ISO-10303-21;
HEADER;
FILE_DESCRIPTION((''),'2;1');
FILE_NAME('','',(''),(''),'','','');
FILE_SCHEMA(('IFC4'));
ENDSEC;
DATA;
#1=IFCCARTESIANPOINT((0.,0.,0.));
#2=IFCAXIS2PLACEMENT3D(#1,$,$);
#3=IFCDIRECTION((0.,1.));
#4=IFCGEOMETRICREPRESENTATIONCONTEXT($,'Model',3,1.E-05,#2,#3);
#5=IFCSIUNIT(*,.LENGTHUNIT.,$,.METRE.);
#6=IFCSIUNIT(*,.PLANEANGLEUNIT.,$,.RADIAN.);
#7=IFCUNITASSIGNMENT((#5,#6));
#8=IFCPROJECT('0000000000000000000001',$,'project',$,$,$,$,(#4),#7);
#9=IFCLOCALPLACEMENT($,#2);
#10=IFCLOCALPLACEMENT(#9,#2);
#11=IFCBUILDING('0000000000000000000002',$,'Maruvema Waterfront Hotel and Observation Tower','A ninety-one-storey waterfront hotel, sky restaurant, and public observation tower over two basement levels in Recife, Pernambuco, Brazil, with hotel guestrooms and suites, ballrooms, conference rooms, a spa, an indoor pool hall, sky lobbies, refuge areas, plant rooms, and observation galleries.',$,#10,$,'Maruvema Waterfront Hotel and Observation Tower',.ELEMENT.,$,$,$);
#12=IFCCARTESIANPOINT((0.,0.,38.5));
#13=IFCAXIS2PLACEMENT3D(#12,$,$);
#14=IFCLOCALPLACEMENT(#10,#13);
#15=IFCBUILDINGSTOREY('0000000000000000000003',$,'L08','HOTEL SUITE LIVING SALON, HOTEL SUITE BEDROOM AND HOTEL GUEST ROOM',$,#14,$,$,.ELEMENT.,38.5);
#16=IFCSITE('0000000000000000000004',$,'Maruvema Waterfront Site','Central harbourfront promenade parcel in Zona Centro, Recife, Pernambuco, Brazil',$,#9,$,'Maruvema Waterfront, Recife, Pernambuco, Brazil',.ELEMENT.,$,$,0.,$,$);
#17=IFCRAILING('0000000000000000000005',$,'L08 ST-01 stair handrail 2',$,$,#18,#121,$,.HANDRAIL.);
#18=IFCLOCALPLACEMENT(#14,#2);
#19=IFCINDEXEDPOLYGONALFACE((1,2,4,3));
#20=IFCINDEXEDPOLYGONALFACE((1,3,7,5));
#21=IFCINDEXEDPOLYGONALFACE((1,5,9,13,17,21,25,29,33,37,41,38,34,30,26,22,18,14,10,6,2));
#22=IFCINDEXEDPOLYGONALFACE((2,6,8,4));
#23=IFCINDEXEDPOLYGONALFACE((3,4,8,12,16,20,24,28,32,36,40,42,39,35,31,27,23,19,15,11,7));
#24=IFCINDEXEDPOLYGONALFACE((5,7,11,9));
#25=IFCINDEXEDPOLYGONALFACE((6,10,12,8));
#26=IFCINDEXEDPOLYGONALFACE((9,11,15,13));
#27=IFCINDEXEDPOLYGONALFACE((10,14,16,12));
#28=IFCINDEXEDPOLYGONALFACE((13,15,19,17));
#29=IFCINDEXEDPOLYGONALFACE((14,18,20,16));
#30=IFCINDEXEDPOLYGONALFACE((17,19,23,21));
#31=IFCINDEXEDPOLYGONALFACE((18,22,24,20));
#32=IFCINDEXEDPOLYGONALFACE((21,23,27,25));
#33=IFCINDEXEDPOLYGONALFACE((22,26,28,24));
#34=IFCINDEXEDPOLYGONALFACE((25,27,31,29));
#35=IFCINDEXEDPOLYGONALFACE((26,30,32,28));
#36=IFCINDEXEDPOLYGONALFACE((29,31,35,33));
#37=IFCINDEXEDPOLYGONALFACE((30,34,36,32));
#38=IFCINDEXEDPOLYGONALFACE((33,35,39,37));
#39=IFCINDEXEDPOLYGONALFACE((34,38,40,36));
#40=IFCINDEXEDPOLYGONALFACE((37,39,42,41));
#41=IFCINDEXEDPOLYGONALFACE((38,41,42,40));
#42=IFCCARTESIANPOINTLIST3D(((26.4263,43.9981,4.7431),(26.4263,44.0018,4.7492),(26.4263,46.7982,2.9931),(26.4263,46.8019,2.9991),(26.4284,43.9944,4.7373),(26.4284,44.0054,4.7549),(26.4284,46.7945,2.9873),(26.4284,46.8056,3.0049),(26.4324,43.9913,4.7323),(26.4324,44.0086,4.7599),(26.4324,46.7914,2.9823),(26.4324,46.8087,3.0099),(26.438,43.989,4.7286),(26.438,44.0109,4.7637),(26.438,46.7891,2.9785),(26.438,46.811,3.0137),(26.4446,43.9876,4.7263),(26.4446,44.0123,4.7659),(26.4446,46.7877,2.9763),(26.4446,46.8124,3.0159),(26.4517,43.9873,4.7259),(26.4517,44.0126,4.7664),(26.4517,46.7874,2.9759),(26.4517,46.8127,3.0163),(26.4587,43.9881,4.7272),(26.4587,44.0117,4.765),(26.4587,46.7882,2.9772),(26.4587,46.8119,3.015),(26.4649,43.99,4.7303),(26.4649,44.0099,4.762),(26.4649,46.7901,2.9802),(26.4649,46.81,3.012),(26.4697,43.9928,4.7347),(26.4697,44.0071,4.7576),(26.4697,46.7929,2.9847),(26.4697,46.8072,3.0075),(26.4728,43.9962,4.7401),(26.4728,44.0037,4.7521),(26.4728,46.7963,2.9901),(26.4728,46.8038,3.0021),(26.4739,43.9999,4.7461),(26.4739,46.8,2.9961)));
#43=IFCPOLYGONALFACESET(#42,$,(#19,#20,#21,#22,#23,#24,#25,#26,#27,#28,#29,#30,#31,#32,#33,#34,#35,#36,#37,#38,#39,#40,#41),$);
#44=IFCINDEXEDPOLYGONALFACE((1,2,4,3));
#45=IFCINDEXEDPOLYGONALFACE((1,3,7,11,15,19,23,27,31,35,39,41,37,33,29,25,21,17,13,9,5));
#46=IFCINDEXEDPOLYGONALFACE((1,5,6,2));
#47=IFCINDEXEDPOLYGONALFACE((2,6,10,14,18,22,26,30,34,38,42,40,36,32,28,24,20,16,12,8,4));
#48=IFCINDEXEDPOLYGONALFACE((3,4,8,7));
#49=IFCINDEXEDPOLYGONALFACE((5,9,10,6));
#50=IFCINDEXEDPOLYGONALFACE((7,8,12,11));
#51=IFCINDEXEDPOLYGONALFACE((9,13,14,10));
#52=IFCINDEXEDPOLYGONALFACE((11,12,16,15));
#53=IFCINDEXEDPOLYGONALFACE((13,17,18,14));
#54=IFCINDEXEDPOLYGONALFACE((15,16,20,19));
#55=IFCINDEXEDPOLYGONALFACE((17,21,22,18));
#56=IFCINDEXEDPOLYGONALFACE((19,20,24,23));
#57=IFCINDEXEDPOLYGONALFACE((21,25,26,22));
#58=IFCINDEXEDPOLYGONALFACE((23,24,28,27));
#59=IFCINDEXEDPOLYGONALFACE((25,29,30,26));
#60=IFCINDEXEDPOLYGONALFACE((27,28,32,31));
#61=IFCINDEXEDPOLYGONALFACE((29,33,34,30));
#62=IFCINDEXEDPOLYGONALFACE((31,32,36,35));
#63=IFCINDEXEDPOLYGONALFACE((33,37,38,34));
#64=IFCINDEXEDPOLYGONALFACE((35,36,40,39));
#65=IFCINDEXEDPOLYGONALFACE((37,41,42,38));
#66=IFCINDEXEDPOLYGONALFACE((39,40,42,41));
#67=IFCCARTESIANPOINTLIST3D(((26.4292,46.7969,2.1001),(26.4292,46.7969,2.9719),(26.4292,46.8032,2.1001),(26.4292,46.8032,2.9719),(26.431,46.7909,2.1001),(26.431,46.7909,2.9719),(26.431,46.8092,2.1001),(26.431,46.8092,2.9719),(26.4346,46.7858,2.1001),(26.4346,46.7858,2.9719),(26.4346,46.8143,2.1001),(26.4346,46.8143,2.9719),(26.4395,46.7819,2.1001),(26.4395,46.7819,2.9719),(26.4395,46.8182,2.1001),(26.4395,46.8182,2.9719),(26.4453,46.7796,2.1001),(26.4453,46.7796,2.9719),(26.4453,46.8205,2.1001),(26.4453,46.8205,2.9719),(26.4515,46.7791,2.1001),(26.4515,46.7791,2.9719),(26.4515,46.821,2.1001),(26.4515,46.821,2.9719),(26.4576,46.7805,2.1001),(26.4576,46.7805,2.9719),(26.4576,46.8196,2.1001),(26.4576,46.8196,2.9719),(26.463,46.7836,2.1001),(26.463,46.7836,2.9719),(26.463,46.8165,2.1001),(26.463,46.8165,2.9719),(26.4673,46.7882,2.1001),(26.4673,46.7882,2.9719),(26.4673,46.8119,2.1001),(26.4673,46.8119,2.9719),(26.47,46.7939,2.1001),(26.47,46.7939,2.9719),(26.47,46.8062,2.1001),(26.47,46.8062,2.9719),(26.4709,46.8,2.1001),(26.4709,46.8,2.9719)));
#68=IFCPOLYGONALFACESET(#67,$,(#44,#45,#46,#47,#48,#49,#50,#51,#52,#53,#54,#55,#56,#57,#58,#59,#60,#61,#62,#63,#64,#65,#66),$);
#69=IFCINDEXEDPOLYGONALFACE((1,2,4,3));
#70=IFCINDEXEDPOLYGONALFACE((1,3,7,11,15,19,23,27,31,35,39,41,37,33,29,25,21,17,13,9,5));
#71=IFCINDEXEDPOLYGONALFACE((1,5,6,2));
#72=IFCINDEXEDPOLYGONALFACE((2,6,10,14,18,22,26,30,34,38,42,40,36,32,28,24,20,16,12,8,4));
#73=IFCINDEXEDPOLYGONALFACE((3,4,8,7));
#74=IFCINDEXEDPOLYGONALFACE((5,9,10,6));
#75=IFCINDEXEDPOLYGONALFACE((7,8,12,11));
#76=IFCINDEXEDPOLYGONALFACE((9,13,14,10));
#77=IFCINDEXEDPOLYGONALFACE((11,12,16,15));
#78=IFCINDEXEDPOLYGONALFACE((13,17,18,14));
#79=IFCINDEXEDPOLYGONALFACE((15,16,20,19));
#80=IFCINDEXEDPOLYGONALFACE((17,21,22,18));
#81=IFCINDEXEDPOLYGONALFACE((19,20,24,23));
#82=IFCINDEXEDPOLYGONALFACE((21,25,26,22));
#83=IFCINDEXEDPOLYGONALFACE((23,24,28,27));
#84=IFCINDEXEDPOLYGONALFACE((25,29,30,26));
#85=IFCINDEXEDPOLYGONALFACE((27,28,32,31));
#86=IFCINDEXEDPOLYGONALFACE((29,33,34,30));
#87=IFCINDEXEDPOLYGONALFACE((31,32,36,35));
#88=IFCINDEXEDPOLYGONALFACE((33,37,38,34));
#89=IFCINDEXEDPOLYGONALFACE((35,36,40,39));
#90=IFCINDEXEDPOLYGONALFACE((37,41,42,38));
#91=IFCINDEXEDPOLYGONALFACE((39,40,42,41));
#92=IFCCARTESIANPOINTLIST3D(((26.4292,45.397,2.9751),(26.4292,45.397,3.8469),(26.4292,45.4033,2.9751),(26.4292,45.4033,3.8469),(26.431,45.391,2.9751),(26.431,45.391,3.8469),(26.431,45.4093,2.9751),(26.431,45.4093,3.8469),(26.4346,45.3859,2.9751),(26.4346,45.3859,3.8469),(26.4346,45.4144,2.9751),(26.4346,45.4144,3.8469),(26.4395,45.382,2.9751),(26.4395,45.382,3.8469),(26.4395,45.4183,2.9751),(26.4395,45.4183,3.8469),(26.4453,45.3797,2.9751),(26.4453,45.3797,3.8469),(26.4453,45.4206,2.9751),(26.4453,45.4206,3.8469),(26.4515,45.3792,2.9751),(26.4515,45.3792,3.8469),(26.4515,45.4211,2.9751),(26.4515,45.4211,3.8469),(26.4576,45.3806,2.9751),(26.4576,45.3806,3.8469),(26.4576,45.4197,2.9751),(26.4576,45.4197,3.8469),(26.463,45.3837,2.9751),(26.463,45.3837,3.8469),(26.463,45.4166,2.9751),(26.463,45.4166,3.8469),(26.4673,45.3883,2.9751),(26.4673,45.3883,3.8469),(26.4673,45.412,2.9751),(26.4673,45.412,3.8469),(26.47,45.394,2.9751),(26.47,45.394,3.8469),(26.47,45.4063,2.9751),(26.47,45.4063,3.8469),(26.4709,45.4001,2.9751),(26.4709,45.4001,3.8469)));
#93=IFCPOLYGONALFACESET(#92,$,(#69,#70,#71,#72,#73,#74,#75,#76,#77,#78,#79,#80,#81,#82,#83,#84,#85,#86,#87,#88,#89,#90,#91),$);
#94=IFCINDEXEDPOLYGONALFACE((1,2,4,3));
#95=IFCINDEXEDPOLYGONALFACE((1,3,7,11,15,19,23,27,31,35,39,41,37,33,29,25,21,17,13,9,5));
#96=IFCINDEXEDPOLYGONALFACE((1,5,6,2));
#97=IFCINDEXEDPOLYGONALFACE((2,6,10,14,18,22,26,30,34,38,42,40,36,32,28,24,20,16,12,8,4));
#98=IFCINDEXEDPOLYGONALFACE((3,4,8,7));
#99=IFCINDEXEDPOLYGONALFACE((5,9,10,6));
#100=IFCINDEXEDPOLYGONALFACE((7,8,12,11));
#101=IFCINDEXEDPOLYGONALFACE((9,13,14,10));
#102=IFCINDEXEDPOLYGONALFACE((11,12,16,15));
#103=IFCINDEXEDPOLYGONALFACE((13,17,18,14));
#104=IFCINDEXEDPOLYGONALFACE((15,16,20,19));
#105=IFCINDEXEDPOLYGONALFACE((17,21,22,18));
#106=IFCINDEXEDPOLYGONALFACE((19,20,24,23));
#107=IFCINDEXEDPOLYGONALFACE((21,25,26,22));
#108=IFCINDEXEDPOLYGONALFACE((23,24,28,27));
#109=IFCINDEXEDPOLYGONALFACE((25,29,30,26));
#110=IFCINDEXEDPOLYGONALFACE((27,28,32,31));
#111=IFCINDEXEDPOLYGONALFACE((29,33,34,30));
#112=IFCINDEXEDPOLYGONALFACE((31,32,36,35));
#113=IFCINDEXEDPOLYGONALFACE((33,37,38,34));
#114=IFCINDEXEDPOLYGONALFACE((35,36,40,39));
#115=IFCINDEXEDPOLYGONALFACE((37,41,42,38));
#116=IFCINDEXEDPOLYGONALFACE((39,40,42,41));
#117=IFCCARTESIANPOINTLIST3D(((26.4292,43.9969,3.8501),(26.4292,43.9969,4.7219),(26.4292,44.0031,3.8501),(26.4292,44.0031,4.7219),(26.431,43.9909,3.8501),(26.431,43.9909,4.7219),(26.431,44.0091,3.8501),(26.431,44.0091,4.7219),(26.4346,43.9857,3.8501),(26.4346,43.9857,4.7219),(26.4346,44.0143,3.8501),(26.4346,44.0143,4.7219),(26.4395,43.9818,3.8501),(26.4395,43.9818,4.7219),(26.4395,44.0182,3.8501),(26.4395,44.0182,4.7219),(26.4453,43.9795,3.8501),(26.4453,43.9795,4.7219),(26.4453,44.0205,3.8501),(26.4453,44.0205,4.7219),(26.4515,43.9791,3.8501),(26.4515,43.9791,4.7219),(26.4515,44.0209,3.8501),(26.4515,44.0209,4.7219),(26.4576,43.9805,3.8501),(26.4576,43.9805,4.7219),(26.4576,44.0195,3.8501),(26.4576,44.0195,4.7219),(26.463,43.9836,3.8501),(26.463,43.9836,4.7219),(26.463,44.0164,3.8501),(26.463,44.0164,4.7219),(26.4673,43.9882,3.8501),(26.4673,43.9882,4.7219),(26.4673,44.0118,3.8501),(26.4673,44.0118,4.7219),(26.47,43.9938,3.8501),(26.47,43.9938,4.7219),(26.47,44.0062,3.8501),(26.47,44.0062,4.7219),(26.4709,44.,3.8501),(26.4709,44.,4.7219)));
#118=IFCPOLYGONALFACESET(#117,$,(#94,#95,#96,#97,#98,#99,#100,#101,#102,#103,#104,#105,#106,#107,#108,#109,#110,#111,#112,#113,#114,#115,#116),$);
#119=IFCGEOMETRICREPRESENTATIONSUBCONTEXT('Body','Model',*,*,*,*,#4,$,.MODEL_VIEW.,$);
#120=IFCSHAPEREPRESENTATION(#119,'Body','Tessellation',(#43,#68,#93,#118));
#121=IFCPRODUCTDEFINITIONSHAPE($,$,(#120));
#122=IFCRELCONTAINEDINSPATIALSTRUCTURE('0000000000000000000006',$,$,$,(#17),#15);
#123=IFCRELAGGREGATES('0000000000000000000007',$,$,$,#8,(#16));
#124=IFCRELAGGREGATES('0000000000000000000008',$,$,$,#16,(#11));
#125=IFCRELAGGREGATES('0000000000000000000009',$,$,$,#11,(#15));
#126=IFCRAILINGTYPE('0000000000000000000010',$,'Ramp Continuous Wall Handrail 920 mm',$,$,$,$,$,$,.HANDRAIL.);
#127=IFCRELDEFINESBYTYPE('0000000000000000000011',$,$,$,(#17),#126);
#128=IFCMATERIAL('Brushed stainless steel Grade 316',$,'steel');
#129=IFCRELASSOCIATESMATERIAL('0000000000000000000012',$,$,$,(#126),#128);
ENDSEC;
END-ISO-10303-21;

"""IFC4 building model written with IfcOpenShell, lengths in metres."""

from ifc_helpers import new_model, si_unit, direction, frame, origin, origin_2d, place, context, subcontext, project, spatial, circle, extrude, material, type_object, element, save


model = new_model("IFC4")

# Units and contexts
model_context = context("Model", 3, precision=1e-05, world=origin(), true_north=direction((0.0, 1.0)))
body_context = subcontext(model_context, "Body", "Model", "MODEL_VIEW")
ifc_project = project(units=[si_unit("LENGTHUNIT", "METRE"), si_unit("PLANEANGLEUNIT", "RADIAN")], contexts=[model_context])

# Site, building, storey
site_placement = place(None, origin())
site = spatial("IfcSite", under=ifc_project, at=site_placement, Name="Maruvema Waterfront Site", Description="Central harbourfront promenade parcel in Zona Centro, Recife, Pernambuco, Brazil", LongName="Maruvema Waterfront, Recife, Pernambuco, Brazil", CompositionType="ELEMENT", RefElevation=0.0)
building_placement = place(site_placement, origin())
building = spatial("IfcBuilding", under=site, at=building_placement, Name="Maruvema Waterfront Hotel and Observation Tower", Description="A ninety-one-storey waterfront hotel, sky restaurant, and public observation tower over two basement levels in Recife, Pernambuco, Brazil, with hotel guestrooms and suites, ballrooms, conference rooms, a spa, an indoor pool hall, sky lobbies, refuge areas, plant rooms, and observation galleries.", LongName="Maruvema Waterfront Hotel and Observation Tower", CompositionType="ELEMENT")
storey_placement = place(building_placement, frame((0.0, 0.0, 38.5)))
storey = spatial("IfcBuildingStorey", under=building, at=storey_placement, Name="L08", Description="HOTEL SUITE LIVING SALON, HOTEL SUITE BEDROOM AND HOTEL GUEST ROOM", CompositionType="ELEMENT", Elevation=38.5)

# Railing
ifc_material_1 = material(Name="Brushed stainless steel Grade 316", Category="steel")
railing_type_1 = type_object("IfcRailingType", Name="Ramp Continuous Wall Handrail 920 mm", PredefinedType="HANDRAIL", material=ifc_material_1)
railing_1_placement = place(storey_placement, frame((26.45, 46.8, 2.1001)))
element("IfcRailing", 1, at=railing_1_placement, inside=storey, type_object=railing_type_1, Name="L08 ST-01 stair handrail 2", PredefinedType="HANDRAIL", context=body_context, shape_type="SweptSolid", body=[
    extrude(circle(Radius=0.0239, at=origin_2d()), frame((0.0, 0.0, 0.896), z_axis=(0.0, -0.848002, 0.529992), x_axis=(1.0, 0.0, 0.0)), (0.0, 0.0, 1.0), 3.302),
    extrude(circle(Radius=0.021, at=origin_2d()), origin(), (0.0, 0.0, 1.0), 0.8718),
    extrude(circle(Radius=0.021, at=origin_2d()), frame((0.0, -1.3999, 0.875)), (0.0, 0.0, 1.0), 0.8718),
    extrude(circle(Radius=0.021, at=origin_2d()), frame((0.0, -2.8, 1.75)), (0.0, 0.0, 1.0), 0.8718),
])

save(model, "model.ifc")
